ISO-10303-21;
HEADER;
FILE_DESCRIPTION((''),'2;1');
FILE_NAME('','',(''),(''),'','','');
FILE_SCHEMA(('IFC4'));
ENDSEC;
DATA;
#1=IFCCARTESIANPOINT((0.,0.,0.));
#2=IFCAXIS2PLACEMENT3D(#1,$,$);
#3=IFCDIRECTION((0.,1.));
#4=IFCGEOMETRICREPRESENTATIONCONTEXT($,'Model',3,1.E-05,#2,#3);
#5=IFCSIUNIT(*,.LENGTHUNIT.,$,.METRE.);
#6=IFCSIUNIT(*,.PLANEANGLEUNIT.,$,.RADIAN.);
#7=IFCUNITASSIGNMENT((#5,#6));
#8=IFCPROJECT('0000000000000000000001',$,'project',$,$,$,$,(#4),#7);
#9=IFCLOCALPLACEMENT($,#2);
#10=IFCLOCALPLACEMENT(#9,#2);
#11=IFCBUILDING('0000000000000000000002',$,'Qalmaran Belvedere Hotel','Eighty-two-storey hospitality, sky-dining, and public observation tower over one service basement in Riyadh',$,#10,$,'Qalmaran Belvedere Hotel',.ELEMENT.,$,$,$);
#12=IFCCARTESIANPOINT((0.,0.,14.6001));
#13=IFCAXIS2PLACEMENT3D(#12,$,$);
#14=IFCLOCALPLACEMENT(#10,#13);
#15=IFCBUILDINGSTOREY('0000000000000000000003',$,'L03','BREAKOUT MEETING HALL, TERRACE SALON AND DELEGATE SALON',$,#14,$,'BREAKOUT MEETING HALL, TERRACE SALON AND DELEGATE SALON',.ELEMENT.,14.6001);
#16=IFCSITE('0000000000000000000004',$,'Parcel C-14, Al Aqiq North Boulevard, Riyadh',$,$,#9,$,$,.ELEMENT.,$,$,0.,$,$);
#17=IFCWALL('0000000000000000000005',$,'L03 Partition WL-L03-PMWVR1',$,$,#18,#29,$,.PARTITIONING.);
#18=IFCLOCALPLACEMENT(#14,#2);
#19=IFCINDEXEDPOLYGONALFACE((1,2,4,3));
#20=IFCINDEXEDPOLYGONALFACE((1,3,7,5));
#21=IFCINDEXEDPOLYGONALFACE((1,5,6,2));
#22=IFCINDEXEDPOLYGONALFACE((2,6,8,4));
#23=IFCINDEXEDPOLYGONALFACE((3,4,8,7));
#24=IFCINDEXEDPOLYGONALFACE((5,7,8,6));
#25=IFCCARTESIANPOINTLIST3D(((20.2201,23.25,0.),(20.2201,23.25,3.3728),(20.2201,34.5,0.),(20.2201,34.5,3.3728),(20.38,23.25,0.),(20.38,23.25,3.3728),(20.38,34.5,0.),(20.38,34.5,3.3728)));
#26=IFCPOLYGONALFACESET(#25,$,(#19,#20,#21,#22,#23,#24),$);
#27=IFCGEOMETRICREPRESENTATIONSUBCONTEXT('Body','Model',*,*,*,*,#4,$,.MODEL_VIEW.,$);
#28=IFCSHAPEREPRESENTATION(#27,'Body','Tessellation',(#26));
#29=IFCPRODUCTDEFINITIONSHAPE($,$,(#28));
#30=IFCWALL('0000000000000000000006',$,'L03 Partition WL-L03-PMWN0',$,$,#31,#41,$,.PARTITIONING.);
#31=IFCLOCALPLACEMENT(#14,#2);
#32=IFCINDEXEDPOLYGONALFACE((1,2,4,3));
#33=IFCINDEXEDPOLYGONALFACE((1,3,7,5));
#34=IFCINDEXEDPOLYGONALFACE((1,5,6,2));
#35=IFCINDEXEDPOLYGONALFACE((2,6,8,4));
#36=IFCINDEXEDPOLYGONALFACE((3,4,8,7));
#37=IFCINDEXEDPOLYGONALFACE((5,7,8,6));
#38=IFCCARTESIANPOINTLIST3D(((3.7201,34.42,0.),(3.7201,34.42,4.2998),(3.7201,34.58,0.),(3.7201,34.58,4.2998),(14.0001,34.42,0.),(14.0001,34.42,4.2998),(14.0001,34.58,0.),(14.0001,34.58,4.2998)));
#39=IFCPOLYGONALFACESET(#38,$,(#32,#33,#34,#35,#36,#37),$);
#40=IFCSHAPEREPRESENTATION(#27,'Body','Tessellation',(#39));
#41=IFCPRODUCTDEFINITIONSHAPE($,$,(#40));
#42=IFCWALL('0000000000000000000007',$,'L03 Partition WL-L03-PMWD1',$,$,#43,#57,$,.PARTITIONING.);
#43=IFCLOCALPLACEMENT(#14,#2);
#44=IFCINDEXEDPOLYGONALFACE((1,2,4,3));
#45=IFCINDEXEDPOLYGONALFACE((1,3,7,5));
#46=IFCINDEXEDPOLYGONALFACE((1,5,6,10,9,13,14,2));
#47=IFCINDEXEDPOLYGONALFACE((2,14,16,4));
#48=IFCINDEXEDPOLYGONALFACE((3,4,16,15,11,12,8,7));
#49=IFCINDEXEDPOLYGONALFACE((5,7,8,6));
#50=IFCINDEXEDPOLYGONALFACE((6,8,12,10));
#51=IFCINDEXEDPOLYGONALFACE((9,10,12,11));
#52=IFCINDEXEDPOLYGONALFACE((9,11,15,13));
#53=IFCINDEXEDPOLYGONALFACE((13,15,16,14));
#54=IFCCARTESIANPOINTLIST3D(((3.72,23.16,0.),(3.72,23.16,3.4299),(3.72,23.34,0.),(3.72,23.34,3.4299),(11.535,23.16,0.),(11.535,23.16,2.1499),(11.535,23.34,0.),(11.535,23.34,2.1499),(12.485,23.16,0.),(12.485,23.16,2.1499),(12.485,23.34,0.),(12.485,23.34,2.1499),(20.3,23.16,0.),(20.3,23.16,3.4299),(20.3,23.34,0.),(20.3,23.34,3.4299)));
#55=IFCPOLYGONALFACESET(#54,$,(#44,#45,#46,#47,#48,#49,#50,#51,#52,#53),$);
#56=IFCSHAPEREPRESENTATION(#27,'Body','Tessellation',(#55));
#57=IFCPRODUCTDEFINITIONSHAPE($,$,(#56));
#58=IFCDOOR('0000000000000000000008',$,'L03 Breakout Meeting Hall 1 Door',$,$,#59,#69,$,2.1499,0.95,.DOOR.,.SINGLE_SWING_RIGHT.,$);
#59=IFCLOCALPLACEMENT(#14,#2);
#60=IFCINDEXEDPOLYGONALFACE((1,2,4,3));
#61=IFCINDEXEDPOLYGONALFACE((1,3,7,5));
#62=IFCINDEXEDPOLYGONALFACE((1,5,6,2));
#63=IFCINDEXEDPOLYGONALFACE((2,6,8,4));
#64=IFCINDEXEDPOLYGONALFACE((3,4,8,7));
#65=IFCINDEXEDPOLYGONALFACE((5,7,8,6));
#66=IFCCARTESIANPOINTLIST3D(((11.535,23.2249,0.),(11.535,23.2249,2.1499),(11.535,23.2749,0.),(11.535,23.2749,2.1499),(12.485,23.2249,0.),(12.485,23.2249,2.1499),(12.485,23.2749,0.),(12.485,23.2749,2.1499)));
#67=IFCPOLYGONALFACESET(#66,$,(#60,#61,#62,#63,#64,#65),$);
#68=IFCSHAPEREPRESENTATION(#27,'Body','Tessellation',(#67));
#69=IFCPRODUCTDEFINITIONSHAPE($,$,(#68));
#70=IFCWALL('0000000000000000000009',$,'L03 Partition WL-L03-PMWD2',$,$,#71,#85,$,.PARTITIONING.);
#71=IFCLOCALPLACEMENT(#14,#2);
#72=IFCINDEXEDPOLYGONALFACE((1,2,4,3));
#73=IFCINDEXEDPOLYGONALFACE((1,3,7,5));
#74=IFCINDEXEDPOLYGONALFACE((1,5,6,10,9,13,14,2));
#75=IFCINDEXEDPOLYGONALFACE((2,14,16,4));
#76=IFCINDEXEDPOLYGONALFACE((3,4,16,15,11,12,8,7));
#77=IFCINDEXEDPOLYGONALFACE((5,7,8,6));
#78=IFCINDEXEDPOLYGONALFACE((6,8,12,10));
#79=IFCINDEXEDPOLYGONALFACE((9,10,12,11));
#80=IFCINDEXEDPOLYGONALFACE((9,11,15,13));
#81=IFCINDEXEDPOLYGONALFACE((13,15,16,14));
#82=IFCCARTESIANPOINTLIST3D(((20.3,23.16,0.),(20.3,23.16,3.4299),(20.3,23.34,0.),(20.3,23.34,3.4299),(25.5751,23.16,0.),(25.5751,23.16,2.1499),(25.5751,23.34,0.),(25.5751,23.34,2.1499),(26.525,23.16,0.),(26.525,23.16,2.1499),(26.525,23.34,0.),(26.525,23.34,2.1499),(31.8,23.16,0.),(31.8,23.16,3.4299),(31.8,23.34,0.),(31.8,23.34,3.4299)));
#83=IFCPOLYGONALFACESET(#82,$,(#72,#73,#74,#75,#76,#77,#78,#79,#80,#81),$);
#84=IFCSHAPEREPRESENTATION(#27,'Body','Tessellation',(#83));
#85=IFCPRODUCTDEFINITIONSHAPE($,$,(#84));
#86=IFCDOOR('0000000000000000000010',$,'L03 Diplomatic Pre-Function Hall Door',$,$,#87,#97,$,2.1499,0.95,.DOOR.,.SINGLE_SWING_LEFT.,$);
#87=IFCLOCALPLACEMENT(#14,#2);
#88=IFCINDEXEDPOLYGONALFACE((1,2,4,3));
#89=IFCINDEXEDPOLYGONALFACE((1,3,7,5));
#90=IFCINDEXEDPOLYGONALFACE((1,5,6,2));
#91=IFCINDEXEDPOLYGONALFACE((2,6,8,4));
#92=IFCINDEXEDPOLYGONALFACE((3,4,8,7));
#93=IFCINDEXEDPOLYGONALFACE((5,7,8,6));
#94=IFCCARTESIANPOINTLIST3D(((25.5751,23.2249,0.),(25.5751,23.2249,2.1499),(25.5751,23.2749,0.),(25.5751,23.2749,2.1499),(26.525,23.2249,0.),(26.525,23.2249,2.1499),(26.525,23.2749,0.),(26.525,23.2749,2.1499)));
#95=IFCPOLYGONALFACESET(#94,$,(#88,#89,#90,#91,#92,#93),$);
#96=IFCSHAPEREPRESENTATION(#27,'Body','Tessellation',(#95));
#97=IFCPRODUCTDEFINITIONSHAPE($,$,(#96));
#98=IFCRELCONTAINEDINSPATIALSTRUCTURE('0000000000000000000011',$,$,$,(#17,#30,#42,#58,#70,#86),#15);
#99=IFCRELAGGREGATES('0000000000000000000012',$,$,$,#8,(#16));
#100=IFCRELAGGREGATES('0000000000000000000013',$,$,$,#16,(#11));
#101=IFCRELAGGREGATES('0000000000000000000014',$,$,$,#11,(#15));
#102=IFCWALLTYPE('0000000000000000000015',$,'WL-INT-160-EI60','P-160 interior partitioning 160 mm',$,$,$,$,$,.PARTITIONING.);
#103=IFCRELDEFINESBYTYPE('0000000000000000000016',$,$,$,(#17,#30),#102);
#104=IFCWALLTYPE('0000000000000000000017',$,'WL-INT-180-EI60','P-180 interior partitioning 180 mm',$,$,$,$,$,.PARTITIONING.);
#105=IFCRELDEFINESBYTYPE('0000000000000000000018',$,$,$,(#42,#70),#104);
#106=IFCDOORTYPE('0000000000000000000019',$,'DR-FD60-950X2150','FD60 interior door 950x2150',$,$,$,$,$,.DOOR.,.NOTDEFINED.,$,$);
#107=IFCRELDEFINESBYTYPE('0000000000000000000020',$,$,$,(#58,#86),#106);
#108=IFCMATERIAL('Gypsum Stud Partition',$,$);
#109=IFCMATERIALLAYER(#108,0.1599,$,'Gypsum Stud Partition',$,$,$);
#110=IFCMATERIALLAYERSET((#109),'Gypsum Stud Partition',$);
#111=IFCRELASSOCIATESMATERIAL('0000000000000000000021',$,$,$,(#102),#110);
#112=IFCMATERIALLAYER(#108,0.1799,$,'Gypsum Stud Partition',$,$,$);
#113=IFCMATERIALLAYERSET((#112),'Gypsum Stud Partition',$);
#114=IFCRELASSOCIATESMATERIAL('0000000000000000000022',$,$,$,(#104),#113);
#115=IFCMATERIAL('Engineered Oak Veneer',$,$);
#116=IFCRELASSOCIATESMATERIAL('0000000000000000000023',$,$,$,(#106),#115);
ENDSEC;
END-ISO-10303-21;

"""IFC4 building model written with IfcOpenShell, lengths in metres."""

from ifc_helpers import new_model, si_unit, direction, frame, frame_2d, origin, place, context, subcontext, project, spatial, rectangle, extrude, material, layer, layer_set, type_object, element, fill, save


model = new_model("IFC4")

# Units and contexts
model_context = context("Model", 3, precision=1e-05, world=origin(), true_north=direction((0.0, 1.0)))
body_context = subcontext(model_context, "Body", "Model", "MODEL_VIEW")
ifc_project = project(units=[si_unit("LENGTHUNIT", "METRE"), si_unit("PLANEANGLEUNIT", "RADIAN")], contexts=[model_context])

# Site, building, storey
site_placement = place(None, origin())
site = spatial("IfcSite", under=ifc_project, at=site_placement, Name="Parcel C-14, Al Aqiq North Boulevard, Riyadh", CompositionType="ELEMENT", RefElevation=0.0)
building_placement = place(site_placement, origin())
building = spatial("IfcBuilding", under=site, at=building_placement, Name="Qalmaran Belvedere Hotel", Description="Eighty-two-storey hospitality, sky-dining, and public observation tower over one service basement in Riyadh", LongName="Qalmaran Belvedere Hotel", CompositionType="ELEMENT")
storey_placement = place(building_placement, frame((0.0, 0.0, 14.6001)))
storey = spatial("IfcBuildingStorey", under=building, at=storey_placement, Name="L03", Description="BREAKOUT MEETING HALL, TERRACE SALON AND DELEGATE SALON", LongName="BREAKOUT MEETING HALL, TERRACE SALON AND DELEGATE SALON", CompositionType="ELEMENT", Elevation=14.6001)

# Walls
ifc_material_1 = material(Name="Gypsum Stud Partition")
ifc_layer_1 = layer(ifc_material_1, 0.1599, Name="Gypsum Stud Partition")
ifc_layer_set_1 = layer_set([ifc_layer_1], Name="Gypsum Stud Partition")
wall_type_1 = type_object("IfcWallType", Name="WL-INT-160-EI60", Description="P-160 interior partitioning 160 mm", PredefinedType="PARTITIONING", material=ifc_layer_set_1)
wall_1_placement = place(storey_placement, frame((20.3, 23.25, 0.0), z_axis=(0.0, 0.0, 1.0), x_axis=(0.0, 1.0, 0.0)))
element("IfcWall", 1, at=wall_1_placement, inside=storey, type_object=wall_type_1, Name="L03 Partition WL-L03-PMWVR1", PredefinedType="PARTITIONING", context=body_context, shape_type="SweptSolid", body=[
    extrude(rectangle(XDim=11.25, YDim=0.1599, at=frame_2d((5.625, 0.0))), origin(), (0.0, 0.0, 1.0), 3.3728),
])
wall_2_placement = place(storey_placement, frame((3.72, 34.5, 0.0), z_axis=(0.0, 0.0, 1.0), x_axis=(1.0, 0.0, 0.0)))
element("IfcWall", 2, at=wall_2_placement, inside=storey, type_object=wall_type_1, Name="L03 Partition WL-L03-PMWN0", PredefinedType="PARTITIONING", context=body_context, shape_type="SweptSolid", body=[
    extrude(rectangle(XDim=10.28, YDim=0.1599, at=frame_2d((5.1401, 0.0))), origin(), (0.0, 0.0, 1.0), 4.2998),
])

# Walls, openings, doors
ifc_layer_2 = layer(ifc_material_1, 0.1799, Name="Gypsum Stud Partition")
ifc_layer_set_2 = layer_set([ifc_layer_2], Name="Gypsum Stud Partition")
wall_type_2 = type_object("IfcWallType", Name="WL-INT-180-EI60", Description="P-180 interior partitioning 180 mm", PredefinedType="PARTITIONING", material=ifc_layer_set_2)
wall_3_placement = place(storey_placement, frame((3.72, 23.25, 0.0), z_axis=(0.0, 0.0, 1.0), x_axis=(1.0, 0.0, 0.0)))
wall_3 = element("IfcWall", 3, at=wall_3_placement, inside=storey, type_object=wall_type_2, Name="L03 Partition WL-L03-PMWD1", PredefinedType="PARTITIONING", context=body_context, shape_type="SweptSolid", body=[
    extrude(rectangle(XDim=16.5801, YDim=0.1799, at=frame_2d((8.29, 0.0))), origin(), (0.0, 0.0, 1.0), 3.4299),
])
opening_1_placement = place(wall_3_placement, frame((7.8149, 0.0, 0.0)))
opening_1 = element("IfcOpeningElement", 4, at=opening_1_placement, cuts=wall_3, PredefinedType="OPENING", context=body_context, shape_type="SweptSolid", body=[
    extrude(rectangle(XDim=0.95, YDim=2.1499, at=frame_2d((0.4751, 1.075))), frame((0.0, 0.1001, 0.0), z_axis=(0.0, -1.0, 0.0), x_axis=(1.0, 0.0, 0.0)), (0.0, 0.0, 1.0), 0.2),
])
ifc_material_2 = material(Name="Engineered Oak Veneer")
door_type = type_object("IfcDoorType", Name="DR-FD60-950X2150", Description="FD60 interior door 950x2150", OperationType="NOTDEFINED", PredefinedType="DOOR", material=ifc_material_2)
door_1_placement = place(opening_1_placement, origin())
door_1 = element("IfcDoor", 5, at=door_1_placement, inside=storey, type_object=door_type, Name="L03 Breakout Meeting Hall 1 Door", OperationType="SINGLE_SWING_RIGHT", OverallHeight=2.1499, OverallWidth=0.95, PredefinedType="DOOR", context=body_context, shape_type="SweptSolid", body=[
    extrude(rectangle(XDim=0.95, YDim=2.1499, at=frame_2d((0.4751, 1.075))), frame((0.0, 0.0249, 0.0), z_axis=(0.0, -1.0, 0.0), x_axis=(1.0, 0.0, 0.0)), (0.0, 0.0, 1.0), 0.05),
])
fill(opening_1, door_1)
wall_4_placement = place(storey_placement, frame((20.3, 23.25, 0.0), z_axis=(0.0, 0.0, 1.0), x_axis=(1.0, 0.0, 0.0)))
wall_4 = element("IfcWall", 6, at=wall_4_placement, inside=storey, type_object=wall_type_2, Name="L03 Partition WL-L03-PMWD2", PredefinedType="PARTITIONING", context=body_context, shape_type="SweptSolid", body=[
    extrude(rectangle(XDim=11.5, YDim=0.1799, at=frame_2d((5.75, 0.0))), origin(), (0.0, 0.0, 1.0), 3.4299),
])
opening_2_placement = place(wall_4_placement, frame((5.2749, 0.0, 0.0)))
opening_2 = element("IfcOpeningElement", 7, at=opening_2_placement, cuts=wall_4, PredefinedType="OPENING", context=body_context, shape_type="SweptSolid", body=[
    extrude(rectangle(XDim=0.95, YDim=2.1499, at=frame_2d((0.4751, 1.075))), frame((0.0, 0.1001, 0.0), z_axis=(0.0, -1.0, 0.0), x_axis=(1.0, 0.0, 0.0)), (0.0, 0.0, 1.0), 0.2),
])
door_2_placement = place(opening_2_placement, origin())
door_2 = element("IfcDoor", 8, at=door_2_placement, inside=storey, type_object=door_type, Name="L03 Diplomatic Pre-Function Hall Door", OperationType="SINGLE_SWING_LEFT", OverallHeight=2.1499, OverallWidth=0.95, PredefinedType="DOOR", context=body_context, shape_type="SweptSolid", body=[
    extrude(rectangle(XDim=0.95, YDim=2.1499, at=frame_2d((0.4751, 1.075))), frame((0.0, 0.0249, 0.0), z_axis=(0.0, -1.0, 0.0), x_axis=(1.0, 0.0, 0.0)), (0.0, 0.0, 1.0), 0.05),
])
fill(opening_2, door_2)

save(model, "model.ifc")
